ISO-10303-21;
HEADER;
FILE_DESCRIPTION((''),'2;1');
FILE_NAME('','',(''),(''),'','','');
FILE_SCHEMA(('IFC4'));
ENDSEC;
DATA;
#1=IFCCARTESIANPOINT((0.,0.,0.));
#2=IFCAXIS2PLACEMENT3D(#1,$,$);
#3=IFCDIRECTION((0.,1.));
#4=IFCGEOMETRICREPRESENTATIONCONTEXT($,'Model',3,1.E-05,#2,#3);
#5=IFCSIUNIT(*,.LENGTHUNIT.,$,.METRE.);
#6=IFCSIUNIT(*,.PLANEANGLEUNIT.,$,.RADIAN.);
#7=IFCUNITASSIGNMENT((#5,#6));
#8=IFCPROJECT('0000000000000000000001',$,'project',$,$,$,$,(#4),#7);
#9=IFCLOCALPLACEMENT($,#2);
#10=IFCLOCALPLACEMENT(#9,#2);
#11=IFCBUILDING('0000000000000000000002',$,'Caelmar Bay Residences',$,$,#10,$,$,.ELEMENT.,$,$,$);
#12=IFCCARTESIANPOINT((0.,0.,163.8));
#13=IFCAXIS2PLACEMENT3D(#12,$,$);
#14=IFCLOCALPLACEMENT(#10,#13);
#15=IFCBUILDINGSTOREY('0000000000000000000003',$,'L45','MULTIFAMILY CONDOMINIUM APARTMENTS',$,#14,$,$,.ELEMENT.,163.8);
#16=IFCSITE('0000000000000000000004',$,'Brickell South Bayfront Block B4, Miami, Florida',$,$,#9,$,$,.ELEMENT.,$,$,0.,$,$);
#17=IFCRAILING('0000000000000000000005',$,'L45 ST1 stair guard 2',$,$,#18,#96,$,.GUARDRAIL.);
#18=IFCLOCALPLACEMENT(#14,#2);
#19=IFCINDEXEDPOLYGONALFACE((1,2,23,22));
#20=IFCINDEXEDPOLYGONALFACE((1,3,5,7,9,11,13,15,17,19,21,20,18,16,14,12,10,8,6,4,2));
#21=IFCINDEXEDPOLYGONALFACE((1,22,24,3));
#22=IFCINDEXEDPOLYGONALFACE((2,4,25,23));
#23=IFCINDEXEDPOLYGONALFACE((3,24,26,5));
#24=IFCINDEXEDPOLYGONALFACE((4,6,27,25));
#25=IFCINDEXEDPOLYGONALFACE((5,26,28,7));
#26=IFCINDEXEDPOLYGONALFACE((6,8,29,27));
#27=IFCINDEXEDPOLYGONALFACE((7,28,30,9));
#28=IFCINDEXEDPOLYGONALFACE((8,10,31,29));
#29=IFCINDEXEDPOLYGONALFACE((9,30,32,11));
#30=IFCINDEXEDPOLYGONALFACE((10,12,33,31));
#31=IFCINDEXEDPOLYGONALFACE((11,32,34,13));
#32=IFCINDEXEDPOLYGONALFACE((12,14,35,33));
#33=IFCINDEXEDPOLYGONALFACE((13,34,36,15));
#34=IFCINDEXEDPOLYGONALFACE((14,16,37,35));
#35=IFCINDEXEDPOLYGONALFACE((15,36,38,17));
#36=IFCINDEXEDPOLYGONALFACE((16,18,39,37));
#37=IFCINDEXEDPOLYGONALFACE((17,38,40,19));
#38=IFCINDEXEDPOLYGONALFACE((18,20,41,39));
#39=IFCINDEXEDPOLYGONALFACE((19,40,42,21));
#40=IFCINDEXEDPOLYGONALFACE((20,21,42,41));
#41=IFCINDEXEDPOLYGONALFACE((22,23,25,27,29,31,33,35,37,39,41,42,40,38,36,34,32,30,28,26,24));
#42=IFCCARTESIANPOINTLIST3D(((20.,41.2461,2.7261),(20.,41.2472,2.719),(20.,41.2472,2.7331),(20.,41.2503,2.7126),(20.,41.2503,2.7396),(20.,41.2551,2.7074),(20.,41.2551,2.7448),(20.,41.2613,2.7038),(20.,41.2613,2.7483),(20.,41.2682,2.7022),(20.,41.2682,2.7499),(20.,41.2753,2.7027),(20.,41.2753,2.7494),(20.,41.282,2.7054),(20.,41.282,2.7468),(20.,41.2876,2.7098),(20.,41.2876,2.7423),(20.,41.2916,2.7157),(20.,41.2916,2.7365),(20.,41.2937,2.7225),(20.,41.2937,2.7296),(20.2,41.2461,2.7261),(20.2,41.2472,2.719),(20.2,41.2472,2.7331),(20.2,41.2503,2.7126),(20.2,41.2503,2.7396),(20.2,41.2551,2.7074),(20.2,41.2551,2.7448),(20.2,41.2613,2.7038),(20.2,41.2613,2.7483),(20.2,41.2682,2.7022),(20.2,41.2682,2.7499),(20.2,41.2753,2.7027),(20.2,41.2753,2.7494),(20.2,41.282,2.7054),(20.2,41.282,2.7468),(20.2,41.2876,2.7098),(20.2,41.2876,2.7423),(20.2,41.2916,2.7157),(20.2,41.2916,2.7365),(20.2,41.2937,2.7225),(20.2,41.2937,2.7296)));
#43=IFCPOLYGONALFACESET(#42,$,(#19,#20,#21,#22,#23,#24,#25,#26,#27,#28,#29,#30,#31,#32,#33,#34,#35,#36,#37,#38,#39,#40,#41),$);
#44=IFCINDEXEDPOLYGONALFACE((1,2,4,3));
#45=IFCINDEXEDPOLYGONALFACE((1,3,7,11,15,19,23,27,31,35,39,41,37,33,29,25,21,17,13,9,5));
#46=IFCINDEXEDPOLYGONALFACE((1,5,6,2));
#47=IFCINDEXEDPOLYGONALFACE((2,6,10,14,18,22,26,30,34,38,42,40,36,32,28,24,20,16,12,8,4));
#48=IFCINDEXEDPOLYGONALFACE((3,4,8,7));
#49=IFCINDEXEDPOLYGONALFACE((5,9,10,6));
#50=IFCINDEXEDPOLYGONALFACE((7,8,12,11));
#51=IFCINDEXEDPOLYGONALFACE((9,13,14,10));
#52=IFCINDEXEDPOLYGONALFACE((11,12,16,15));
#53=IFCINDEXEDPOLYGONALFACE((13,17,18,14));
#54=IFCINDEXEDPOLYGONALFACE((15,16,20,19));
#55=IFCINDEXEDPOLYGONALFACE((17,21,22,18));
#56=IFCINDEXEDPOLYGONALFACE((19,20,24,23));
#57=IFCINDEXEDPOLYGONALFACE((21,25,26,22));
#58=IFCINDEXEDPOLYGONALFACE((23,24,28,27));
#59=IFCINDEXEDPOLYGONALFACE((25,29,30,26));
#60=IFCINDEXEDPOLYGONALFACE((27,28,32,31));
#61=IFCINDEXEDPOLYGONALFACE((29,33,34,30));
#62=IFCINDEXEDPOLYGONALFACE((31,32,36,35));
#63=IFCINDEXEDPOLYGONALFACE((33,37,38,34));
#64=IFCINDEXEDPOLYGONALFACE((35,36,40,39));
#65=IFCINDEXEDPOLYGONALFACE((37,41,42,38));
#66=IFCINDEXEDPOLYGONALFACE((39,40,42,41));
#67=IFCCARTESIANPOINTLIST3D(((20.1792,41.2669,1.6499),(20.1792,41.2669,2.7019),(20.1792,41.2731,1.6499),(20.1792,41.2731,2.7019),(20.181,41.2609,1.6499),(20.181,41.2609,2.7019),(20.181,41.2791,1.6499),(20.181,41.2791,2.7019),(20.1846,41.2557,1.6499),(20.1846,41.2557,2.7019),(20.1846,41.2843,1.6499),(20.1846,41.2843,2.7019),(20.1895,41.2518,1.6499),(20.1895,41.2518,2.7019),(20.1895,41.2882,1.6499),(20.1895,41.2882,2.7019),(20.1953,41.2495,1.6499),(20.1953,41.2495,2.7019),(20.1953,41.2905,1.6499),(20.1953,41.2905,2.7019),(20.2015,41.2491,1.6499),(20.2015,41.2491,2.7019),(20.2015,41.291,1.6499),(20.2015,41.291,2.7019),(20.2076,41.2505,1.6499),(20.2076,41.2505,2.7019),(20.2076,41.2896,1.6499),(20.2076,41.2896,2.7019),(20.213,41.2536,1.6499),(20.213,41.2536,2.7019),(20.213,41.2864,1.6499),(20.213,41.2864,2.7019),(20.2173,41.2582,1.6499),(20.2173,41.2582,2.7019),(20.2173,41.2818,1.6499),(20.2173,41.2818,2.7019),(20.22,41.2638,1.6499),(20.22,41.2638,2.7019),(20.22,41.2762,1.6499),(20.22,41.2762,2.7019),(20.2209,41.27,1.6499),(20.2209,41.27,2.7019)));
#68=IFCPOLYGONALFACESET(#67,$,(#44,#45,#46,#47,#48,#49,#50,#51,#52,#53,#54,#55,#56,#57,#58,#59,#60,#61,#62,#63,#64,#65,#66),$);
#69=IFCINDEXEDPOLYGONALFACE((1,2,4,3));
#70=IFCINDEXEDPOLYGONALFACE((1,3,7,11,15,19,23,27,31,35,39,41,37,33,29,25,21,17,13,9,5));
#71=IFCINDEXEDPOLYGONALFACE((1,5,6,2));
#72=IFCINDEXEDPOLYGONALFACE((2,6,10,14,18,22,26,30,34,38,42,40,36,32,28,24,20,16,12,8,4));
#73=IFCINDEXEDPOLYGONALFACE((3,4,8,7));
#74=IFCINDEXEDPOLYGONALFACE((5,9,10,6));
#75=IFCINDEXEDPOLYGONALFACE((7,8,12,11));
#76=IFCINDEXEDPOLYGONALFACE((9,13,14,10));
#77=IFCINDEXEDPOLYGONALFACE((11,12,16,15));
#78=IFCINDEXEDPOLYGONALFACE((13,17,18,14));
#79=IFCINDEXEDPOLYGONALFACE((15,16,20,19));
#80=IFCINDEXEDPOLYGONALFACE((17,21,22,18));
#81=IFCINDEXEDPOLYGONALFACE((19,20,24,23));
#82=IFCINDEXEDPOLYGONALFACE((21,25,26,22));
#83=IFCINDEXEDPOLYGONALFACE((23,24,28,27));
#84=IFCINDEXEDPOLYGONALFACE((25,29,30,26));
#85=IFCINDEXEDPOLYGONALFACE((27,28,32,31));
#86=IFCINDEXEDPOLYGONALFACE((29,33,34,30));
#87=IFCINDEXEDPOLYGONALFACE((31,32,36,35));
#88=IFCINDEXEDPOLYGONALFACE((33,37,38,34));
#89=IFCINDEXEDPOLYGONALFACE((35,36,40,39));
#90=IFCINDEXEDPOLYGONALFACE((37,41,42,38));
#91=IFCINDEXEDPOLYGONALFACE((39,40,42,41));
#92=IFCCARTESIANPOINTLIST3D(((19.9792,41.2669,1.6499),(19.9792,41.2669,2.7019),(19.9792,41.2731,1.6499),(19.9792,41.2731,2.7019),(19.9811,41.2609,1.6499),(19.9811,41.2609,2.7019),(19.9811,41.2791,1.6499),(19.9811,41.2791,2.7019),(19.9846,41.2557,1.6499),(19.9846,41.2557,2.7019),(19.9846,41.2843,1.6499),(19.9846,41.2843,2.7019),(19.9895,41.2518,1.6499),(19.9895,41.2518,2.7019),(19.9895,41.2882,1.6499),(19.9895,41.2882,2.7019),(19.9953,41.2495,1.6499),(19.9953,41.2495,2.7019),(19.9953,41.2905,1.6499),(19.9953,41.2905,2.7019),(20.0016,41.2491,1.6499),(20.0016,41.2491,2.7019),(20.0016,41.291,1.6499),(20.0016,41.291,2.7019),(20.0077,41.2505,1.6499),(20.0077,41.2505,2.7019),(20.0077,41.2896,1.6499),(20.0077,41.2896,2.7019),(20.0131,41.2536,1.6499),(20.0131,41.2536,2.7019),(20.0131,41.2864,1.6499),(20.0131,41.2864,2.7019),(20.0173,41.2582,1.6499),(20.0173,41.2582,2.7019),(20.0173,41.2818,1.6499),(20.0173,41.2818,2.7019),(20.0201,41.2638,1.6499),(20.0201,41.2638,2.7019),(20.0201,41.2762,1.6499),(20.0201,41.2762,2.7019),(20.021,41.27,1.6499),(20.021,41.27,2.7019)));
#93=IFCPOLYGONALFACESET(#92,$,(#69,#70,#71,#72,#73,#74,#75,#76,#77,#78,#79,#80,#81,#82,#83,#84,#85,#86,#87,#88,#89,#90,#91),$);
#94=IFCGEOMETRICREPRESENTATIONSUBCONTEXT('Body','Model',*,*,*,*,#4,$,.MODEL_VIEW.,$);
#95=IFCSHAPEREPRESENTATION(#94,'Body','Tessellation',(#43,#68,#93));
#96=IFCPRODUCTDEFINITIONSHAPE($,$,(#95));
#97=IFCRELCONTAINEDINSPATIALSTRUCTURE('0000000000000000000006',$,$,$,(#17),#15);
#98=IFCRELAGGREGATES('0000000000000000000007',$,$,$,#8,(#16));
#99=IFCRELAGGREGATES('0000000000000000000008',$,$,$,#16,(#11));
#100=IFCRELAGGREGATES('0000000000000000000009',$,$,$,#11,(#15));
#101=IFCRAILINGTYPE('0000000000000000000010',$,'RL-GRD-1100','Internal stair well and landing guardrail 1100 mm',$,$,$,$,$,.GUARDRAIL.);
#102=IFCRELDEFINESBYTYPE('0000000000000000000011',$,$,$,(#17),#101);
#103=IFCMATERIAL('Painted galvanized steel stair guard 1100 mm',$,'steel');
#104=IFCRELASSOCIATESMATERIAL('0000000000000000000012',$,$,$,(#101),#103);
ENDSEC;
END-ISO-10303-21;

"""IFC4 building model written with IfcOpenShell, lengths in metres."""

from ifc_helpers import new_model, si_unit, direction, frame, origin, origin_2d, place, context, subcontext, project, spatial, circle, extrude, material, type_object, element, save


model = new_model("IFC4")

# Units and contexts
model_context = context("Model", 3, precision=1e-05, world=origin(), true_north=direction((0.0, 1.0)))
body_context = subcontext(model_context, "Body", "Model", "MODEL_VIEW")
ifc_project = project(units=[si_unit("LENGTHUNIT", "METRE"), si_unit("PLANEANGLEUNIT", "RADIAN")], contexts=[model_context])

# Site, building, storey
site_placement = place(None, origin())
site = spatial("IfcSite", under=ifc_project, at=site_placement, Name="Brickell South Bayfront Block B4, Miami, Florida", CompositionType="ELEMENT", RefElevation=0.0)
building_placement = place(site_placement, origin())
building = spatial("IfcBuilding", under=site, at=building_placement, Name="Caelmar Bay Residences", CompositionType="ELEMENT")
storey_placement = place(building_placement, frame((0.0, 0.0, 163.8)))
storey = spatial("IfcBuildingStorey", under=building, at=storey_placement, Name="L45", Description="MULTIFAMILY CONDOMINIUM APARTMENTS", CompositionType="ELEMENT", Elevation=163.8)

# Railing
ifc_material_1 = material(Name="Painted galvanized steel stair guard 1100 mm", Category="steel")
railing_type_1 = type_object("IfcRailingType", Name="RL-GRD-1100", Description="Internal stair well and landing guardrail 1100 mm", PredefinedType="GUARDRAIL", material=ifc_material_1)
railing_1_placement = place(storey_placement, frame((20.2, 41.27, 1.6499)))
element("IfcRailing", 1, at=railing_1_placement, inside=storey, type_object=railing_type_1, Name="L45 ST1 stair guard 2", PredefinedType="GUARDRAIL", context=body_context, shape_type="SweptSolid", body=[
    extrude(circle(Radius=0.0239, at=origin_2d()), frame((0.0, 0.0, 1.0762), z_axis=(-1.0, 0.0, 0.0), x_axis=(0.0, -1.0, 0.0)), (0.0, 0.0, 1.0), 0.2),
    extrude(circle(Radius=0.021, at=origin_2d()), origin(), (0.0, 0.0, 1.0), 1.052),
    extrude(circle(Radius=0.021, at=origin_2d()), frame((-0.2, 0.0, 0.0)), (0.0, 0.0, 1.0), 1.052),
])

save(model, "model.ifc")
